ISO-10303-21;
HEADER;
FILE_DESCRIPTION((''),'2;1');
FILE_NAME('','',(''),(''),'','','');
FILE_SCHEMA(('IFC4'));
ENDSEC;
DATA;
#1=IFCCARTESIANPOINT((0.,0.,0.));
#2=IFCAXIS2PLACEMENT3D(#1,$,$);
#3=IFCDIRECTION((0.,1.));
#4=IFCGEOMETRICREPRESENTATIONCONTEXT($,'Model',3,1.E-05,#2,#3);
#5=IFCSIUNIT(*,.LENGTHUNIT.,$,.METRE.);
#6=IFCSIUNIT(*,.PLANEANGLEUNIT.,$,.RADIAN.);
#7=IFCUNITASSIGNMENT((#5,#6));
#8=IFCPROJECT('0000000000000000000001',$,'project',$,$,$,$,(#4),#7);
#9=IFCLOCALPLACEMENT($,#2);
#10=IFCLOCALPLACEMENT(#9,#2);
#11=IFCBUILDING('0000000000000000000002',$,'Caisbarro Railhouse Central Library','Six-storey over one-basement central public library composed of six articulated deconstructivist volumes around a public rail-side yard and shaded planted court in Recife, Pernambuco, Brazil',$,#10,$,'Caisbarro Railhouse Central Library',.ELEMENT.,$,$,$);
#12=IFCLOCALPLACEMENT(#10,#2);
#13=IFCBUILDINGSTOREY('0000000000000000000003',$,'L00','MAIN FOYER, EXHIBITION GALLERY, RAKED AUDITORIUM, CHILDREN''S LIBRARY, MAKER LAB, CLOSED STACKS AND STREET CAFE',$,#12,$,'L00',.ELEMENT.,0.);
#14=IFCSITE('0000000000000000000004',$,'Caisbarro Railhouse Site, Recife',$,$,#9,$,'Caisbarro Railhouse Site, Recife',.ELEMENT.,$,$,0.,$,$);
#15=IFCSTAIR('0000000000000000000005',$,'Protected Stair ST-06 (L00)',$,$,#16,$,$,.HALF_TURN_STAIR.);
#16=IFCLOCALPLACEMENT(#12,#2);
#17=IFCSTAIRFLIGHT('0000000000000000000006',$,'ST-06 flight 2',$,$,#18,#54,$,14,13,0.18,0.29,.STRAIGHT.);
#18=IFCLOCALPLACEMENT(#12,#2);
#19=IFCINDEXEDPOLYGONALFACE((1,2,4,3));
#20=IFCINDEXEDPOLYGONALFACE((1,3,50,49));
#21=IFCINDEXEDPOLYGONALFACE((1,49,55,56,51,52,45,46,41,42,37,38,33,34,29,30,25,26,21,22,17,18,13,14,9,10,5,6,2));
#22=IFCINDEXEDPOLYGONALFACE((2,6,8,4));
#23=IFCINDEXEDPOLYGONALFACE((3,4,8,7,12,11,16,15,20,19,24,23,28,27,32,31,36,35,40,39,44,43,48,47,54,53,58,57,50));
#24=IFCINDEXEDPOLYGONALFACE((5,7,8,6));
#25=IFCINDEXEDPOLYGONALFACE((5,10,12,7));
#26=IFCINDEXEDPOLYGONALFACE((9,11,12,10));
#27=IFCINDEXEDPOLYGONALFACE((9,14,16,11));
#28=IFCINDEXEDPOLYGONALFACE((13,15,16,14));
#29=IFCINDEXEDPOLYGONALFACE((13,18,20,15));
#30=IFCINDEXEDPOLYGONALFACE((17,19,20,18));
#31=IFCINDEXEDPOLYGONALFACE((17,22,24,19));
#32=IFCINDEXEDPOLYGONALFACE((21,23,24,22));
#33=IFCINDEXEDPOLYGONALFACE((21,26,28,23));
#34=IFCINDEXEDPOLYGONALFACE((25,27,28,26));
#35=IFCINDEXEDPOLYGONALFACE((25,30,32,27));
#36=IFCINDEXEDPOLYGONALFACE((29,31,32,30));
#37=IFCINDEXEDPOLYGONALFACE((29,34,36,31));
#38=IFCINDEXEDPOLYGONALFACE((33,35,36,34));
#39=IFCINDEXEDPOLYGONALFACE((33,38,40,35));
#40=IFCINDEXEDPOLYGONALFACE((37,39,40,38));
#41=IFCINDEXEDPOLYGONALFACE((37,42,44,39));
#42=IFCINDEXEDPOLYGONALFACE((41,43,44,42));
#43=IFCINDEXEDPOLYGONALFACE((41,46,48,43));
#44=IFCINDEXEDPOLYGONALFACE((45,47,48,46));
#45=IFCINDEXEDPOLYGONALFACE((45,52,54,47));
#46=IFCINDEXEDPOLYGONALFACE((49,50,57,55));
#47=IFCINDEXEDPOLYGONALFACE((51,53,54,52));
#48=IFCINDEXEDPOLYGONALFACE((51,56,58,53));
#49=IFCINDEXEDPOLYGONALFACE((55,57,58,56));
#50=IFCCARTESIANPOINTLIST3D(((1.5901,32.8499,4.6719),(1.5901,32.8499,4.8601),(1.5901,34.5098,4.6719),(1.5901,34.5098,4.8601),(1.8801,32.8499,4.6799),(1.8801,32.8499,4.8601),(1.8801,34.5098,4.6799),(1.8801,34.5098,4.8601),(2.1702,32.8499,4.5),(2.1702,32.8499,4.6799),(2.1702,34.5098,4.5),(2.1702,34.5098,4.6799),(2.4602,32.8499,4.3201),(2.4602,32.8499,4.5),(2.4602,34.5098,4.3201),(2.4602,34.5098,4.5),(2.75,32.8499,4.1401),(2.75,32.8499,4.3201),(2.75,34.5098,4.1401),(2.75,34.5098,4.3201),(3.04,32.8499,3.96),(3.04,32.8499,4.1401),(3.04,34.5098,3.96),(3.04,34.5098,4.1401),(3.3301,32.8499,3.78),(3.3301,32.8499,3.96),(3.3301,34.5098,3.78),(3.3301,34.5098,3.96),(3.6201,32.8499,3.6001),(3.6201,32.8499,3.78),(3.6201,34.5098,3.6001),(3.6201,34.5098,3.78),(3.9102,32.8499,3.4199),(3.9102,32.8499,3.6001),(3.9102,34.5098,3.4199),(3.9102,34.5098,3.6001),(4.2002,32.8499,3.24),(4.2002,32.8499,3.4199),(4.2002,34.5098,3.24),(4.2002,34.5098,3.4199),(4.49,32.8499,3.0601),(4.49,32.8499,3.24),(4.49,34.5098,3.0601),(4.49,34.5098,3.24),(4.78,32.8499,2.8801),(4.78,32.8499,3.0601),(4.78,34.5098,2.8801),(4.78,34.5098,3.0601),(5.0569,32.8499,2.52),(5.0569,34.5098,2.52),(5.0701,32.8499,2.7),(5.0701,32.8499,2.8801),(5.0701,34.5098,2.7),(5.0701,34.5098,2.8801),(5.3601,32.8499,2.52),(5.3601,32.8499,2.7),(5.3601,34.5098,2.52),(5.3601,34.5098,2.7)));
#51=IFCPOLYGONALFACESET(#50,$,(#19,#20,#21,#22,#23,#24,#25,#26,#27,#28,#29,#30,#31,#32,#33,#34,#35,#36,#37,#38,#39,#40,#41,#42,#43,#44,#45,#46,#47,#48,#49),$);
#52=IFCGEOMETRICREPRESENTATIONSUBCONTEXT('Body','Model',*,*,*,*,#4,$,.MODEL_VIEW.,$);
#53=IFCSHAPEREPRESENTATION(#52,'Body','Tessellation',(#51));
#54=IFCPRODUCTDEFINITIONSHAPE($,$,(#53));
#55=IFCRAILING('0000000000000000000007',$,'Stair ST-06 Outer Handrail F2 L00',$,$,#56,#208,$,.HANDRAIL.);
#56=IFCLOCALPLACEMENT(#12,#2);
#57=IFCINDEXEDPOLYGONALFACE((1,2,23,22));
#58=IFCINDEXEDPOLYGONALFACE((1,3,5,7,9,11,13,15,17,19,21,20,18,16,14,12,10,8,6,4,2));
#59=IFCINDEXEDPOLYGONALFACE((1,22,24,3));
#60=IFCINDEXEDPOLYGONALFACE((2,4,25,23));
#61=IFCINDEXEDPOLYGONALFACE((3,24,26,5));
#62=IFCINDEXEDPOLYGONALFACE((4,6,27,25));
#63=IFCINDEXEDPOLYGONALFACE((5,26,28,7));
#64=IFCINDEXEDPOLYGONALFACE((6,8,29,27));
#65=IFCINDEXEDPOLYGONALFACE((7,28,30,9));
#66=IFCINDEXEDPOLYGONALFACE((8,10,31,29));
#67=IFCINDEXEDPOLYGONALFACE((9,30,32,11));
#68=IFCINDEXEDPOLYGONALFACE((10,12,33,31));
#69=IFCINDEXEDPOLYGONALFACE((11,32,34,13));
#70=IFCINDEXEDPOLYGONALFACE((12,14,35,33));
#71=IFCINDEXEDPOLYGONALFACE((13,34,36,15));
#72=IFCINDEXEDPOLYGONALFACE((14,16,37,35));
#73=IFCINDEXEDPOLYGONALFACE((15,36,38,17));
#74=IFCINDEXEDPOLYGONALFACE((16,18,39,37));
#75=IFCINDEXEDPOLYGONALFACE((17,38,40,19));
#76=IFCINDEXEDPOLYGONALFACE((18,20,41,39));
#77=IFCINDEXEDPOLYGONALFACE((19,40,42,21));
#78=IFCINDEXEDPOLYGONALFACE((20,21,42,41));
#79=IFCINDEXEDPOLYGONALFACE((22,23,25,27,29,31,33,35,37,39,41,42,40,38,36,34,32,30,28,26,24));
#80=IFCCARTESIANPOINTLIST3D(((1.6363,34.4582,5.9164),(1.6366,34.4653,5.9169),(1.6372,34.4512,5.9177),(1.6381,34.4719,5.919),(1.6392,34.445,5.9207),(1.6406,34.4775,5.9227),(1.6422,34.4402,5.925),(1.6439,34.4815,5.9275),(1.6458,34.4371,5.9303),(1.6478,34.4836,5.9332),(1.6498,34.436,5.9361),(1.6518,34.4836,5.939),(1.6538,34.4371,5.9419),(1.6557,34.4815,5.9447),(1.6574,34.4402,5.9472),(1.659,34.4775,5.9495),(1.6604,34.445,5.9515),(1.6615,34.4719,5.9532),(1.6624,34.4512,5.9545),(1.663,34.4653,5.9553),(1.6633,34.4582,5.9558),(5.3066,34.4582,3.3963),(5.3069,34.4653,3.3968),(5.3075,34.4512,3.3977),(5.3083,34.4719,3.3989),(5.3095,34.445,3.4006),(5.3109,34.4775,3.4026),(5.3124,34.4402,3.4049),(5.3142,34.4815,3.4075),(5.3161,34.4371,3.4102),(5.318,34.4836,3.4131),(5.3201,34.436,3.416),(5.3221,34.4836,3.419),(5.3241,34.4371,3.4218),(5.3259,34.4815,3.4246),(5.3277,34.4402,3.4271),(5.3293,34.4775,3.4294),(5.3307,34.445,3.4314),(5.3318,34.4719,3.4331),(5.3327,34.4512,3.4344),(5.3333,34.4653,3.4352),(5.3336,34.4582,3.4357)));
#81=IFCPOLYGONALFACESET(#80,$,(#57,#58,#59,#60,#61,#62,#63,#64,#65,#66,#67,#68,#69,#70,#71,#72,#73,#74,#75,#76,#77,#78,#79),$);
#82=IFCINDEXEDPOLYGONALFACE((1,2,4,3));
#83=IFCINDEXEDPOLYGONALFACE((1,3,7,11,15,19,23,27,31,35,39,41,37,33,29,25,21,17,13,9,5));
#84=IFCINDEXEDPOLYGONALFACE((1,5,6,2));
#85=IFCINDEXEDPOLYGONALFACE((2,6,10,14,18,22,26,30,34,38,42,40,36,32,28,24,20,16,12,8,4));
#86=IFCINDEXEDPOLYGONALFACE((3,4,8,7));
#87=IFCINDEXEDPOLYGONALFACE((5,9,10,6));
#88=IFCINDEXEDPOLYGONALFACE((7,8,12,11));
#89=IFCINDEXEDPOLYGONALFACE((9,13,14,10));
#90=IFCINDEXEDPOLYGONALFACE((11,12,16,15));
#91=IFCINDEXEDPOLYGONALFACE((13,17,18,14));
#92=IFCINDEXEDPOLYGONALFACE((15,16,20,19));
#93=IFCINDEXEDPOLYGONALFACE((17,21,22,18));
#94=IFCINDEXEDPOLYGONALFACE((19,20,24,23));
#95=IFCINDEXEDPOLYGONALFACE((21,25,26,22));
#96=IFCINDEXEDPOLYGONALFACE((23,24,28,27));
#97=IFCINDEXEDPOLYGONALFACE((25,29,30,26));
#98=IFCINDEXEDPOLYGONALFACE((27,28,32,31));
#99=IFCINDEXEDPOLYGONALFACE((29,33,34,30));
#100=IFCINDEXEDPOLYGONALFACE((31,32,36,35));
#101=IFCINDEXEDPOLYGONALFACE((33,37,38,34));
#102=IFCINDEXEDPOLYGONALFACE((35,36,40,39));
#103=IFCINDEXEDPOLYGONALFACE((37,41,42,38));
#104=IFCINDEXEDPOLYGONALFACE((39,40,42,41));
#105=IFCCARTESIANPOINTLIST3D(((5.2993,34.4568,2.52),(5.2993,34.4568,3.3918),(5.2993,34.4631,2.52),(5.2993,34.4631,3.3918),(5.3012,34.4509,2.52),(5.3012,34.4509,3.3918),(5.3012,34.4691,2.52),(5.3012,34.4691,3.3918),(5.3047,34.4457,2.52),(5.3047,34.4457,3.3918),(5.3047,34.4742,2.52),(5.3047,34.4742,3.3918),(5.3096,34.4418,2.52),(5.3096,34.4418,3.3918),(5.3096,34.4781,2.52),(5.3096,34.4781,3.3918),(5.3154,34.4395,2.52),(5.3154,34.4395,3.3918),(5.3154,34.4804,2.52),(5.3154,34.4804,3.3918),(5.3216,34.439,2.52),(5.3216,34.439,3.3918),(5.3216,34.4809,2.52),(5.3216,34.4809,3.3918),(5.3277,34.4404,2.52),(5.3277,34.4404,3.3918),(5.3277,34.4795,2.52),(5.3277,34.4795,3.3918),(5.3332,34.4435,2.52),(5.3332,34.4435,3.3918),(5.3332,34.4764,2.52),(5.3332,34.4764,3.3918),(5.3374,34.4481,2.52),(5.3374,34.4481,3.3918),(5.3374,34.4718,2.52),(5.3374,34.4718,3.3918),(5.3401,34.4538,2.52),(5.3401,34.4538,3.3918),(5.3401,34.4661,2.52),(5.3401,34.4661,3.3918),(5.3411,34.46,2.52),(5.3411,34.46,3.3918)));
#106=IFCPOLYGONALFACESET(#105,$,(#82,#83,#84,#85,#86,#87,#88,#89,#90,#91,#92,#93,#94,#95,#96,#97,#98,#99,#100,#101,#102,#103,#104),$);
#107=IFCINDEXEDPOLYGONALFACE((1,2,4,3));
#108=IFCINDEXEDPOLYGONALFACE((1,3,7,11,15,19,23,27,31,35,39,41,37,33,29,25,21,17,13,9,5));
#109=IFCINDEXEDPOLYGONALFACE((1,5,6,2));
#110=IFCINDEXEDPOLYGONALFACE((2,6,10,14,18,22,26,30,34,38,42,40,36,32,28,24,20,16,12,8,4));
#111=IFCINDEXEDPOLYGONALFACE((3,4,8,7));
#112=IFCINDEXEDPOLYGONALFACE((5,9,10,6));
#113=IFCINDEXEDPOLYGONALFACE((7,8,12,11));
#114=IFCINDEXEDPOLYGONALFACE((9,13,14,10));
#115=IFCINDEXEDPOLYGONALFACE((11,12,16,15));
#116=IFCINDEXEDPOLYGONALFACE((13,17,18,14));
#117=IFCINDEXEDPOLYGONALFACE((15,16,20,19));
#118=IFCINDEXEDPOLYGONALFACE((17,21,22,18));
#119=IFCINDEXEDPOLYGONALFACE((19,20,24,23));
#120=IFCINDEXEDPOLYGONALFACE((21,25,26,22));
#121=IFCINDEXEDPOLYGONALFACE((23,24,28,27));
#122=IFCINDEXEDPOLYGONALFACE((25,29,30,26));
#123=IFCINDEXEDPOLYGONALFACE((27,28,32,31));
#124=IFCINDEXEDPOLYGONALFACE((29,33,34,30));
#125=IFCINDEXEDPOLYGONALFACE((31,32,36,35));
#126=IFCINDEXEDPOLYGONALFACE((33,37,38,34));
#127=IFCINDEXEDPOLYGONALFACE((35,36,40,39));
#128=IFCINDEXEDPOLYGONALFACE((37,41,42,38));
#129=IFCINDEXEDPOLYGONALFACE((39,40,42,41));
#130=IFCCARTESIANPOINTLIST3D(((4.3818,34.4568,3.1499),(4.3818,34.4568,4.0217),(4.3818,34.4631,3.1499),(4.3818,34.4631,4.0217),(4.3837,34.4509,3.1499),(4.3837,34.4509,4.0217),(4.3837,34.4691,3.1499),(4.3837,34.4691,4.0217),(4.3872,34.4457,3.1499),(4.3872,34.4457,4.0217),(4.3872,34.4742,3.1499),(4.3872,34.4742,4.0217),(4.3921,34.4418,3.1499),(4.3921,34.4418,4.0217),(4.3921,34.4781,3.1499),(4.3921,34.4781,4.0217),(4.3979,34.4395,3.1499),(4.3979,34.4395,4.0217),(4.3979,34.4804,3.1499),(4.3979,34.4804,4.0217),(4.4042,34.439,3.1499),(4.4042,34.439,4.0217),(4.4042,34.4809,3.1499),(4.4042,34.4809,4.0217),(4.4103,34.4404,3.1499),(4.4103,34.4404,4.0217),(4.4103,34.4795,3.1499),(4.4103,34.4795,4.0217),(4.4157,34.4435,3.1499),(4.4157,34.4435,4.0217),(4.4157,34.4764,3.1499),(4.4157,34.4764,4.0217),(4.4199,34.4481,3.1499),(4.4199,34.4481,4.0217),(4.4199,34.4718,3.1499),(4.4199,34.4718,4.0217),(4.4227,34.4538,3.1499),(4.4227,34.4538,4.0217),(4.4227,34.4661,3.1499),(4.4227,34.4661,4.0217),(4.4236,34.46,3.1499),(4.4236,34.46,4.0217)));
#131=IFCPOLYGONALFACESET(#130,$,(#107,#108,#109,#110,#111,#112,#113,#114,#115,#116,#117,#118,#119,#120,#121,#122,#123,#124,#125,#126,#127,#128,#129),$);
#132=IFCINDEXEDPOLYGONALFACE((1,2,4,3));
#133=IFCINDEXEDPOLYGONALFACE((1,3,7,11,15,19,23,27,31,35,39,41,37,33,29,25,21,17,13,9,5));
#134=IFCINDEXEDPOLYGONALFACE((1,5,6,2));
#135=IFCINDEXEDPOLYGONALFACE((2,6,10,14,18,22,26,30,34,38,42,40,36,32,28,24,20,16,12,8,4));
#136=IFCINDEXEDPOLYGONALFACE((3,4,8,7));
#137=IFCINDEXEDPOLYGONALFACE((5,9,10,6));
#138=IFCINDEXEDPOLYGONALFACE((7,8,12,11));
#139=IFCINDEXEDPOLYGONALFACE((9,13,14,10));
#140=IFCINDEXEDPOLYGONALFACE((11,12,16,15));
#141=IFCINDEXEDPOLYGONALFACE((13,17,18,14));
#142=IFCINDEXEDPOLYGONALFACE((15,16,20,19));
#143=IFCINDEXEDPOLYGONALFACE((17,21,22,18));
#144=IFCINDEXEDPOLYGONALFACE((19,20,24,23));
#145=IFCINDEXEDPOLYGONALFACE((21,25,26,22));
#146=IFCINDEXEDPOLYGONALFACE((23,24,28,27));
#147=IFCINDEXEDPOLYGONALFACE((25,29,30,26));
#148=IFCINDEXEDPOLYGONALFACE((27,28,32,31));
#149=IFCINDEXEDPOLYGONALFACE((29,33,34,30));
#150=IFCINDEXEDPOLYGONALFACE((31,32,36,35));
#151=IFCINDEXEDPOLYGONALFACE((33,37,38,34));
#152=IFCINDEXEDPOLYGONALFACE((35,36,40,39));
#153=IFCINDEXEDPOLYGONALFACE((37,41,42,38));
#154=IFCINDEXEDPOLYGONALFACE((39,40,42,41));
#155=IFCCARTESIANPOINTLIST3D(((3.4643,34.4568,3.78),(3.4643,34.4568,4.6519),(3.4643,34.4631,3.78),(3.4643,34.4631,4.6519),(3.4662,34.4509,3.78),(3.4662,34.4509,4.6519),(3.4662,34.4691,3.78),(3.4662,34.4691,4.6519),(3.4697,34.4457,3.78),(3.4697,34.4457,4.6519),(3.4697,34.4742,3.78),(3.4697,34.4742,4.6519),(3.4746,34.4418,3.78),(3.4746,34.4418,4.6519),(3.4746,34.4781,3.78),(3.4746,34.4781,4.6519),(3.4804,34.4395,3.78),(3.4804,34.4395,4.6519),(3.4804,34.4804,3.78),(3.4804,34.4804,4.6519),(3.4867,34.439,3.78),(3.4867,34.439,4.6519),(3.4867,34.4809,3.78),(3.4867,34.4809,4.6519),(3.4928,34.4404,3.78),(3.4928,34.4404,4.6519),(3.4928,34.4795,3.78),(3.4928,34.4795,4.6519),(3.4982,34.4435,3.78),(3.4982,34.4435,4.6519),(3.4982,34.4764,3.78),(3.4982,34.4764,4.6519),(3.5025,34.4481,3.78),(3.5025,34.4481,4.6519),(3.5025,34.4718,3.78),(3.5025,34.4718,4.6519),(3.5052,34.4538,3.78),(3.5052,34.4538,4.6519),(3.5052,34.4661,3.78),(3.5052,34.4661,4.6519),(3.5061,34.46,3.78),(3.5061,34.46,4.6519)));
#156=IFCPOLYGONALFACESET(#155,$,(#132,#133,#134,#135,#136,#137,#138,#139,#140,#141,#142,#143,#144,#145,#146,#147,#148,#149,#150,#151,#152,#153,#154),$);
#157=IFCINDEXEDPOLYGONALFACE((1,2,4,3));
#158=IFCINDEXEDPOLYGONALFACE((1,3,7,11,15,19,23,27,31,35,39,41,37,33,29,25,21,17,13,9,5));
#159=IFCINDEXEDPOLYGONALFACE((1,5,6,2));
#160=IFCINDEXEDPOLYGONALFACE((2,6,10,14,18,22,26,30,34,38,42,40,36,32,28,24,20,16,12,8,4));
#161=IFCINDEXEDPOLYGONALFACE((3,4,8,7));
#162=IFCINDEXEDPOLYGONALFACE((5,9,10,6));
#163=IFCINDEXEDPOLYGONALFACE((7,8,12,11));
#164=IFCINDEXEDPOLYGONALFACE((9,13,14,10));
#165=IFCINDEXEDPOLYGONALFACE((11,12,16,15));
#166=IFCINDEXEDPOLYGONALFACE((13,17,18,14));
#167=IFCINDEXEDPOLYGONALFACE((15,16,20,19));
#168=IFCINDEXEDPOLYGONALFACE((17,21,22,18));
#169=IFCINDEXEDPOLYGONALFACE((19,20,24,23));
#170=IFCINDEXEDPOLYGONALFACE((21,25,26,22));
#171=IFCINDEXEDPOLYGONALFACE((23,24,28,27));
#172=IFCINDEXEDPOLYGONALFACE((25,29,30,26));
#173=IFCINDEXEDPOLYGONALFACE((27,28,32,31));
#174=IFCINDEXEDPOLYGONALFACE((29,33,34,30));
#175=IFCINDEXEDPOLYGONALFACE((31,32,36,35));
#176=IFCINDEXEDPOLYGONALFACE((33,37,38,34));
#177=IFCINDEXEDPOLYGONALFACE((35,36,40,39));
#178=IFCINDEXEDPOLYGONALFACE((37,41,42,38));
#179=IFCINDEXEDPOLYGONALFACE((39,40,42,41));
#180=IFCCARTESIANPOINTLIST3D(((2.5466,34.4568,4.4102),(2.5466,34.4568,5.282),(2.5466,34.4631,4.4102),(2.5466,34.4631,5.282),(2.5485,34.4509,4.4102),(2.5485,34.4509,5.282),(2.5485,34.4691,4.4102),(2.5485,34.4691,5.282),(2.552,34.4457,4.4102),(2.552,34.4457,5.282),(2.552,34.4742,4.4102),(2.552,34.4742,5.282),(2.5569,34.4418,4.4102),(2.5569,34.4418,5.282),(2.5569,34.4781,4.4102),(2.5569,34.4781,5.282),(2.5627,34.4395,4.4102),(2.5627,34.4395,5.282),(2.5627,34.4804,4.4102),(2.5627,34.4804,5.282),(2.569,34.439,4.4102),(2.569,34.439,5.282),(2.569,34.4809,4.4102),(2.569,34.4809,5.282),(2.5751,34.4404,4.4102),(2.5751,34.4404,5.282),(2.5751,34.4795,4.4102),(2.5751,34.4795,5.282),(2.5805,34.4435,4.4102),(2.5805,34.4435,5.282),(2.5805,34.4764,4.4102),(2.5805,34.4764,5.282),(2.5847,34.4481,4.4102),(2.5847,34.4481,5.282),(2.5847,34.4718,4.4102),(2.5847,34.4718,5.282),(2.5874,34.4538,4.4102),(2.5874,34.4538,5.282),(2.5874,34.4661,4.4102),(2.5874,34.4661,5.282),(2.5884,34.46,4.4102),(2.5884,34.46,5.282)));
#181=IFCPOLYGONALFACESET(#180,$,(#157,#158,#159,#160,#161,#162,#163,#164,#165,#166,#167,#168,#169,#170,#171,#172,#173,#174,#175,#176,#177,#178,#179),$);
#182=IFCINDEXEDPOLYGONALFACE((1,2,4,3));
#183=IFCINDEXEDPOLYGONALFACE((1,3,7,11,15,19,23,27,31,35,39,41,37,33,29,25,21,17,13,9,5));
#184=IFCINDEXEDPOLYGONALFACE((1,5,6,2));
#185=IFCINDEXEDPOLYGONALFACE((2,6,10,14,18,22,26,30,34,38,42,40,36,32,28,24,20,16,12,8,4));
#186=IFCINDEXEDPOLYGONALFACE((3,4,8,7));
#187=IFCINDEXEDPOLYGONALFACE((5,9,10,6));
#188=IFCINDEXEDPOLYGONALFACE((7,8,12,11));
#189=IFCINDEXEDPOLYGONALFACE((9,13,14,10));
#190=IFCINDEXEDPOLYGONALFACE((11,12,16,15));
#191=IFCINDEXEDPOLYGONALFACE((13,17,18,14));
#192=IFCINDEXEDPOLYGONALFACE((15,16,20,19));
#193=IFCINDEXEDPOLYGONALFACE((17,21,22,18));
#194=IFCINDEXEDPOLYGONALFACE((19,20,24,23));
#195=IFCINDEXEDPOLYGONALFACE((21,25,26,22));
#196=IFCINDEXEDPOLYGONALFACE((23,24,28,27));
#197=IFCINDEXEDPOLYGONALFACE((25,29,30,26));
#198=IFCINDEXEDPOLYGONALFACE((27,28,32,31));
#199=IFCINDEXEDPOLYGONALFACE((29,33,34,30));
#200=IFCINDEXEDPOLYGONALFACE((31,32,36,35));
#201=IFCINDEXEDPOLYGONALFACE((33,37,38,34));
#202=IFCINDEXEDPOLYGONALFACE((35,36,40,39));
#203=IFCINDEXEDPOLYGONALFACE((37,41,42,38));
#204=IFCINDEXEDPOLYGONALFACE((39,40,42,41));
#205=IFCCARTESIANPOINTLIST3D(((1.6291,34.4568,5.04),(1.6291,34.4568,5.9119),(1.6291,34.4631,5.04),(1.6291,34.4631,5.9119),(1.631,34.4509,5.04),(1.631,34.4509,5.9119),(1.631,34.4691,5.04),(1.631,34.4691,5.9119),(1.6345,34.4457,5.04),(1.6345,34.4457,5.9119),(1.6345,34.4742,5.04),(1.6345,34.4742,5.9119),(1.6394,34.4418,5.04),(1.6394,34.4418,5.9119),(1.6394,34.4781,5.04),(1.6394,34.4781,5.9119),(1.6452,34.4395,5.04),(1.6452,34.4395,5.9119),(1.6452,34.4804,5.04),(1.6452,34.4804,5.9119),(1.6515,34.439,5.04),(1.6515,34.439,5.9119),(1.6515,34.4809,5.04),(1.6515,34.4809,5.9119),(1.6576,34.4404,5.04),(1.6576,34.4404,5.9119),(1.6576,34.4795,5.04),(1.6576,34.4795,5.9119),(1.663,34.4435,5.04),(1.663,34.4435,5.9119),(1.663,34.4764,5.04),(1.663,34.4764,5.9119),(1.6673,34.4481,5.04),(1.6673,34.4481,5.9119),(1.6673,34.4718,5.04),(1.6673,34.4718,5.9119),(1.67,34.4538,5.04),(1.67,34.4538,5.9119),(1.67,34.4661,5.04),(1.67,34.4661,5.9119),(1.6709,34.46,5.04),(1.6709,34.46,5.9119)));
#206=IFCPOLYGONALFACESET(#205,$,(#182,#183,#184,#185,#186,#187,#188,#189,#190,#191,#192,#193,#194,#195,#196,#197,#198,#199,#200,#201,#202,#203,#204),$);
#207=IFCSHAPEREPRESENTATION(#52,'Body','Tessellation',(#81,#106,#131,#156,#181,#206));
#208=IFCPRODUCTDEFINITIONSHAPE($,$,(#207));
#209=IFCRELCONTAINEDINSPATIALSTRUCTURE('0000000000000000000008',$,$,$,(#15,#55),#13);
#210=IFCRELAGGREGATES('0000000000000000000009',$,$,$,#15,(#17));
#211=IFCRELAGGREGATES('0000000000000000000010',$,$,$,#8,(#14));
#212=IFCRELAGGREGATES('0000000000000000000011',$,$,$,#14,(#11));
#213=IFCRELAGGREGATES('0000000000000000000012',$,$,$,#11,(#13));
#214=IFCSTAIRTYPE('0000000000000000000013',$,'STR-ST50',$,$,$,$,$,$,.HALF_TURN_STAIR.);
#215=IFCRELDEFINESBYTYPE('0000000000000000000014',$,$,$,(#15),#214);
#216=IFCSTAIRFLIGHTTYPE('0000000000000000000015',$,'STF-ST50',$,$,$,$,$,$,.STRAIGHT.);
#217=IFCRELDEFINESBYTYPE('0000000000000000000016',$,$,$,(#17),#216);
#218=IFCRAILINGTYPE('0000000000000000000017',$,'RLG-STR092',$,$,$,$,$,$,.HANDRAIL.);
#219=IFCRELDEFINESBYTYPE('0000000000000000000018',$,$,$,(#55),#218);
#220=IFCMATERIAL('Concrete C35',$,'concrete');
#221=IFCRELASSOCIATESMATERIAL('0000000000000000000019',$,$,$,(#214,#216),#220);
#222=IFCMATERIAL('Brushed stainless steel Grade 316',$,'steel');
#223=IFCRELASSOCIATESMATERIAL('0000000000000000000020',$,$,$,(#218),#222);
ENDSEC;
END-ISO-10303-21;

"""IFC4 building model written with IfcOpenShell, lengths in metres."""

from ifc_helpers import new_model, si_unit, direction, frame, origin, origin_2d, place, context, subcontext, project, spatial, polyline, circle, outline, extrude, material, type_object, element, aggregate, save


model = new_model("IFC4")

# Units and contexts
model_context = context("Model", 3, precision=1e-05, world=origin(), true_north=direction((0.0, 1.0)))
body_context = subcontext(model_context, "Body", "Model", "MODEL_VIEW")
ifc_project = project(units=[si_unit("LENGTHUNIT", "METRE"), si_unit("PLANEANGLEUNIT", "RADIAN")], contexts=[model_context])

# Site, building, storey
site_placement = place(None, origin())
site = spatial("IfcSite", under=ifc_project, at=site_placement, Name="Caisbarro Railhouse Site, Recife", LongName="Caisbarro Railhouse Site, Recife", CompositionType="ELEMENT", RefElevation=0.0)
building_placement = place(site_placement, origin())
building = spatial("IfcBuilding", under=site, at=building_placement, Name="Caisbarro Railhouse Central Library", Description="Six-storey over one-basement central public library composed of six articulated deconstructivist volumes around a public rail-side yard and shaded planted court in Recife, Pernambuco, Brazil", LongName="Caisbarro Railhouse Central Library", CompositionType="ELEMENT")
storey_placement = place(building_placement, origin())
storey = spatial("IfcBuildingStorey", under=building, at=storey_placement, Name="L00", Description="MAIN FOYER, EXHIBITION GALLERY, RAKED AUDITORIUM, CHILDREN'S LIBRARY, MAKER LAB, CLOSED STACKS AND STREET CAFE", LongName="L00", CompositionType="ELEMENT", Elevation=0.0)

# Stair, stair flight
ifc_material_1 = material(Name="Concrete C35", Category="concrete")
stair_type = type_object("IfcStairType", Name="STR-ST50", PredefinedType="HALF_TURN_STAIR", material=ifc_material_1)
stair_placement = place(storey_placement, origin())
stair = element("IfcStair", 1, at=stair_placement, inside=storey, type_object=stair_type, Name="Protected Stair ST-06 (L00)", PredefinedType="HALF_TURN_STAIR")
stair_flight_type = type_object("IfcStairFlightType", Name="STF-ST50", PredefinedType="STRAIGHT", material=ifc_material_1)
stair_flight_1_placement = place(storey_placement, frame((5.3601, 33.6799, 2.52), z_axis=(0.0, 0.0, 1.0), x_axis=(-1.0, 0.0, 0.0)))
stair_flight_1 = element("IfcStairFlight", 2, at=stair_flight_1_placement, type_object=stair_flight_type, Name="ST-06 flight 2", NumberOfRisers=14, NumberOfTreads=13, PredefinedType="STRAIGHT", RiserHeight=0.18, TreadLength=0.29, context=body_context, shape_type="SweptSolid", body=[
    extrude(outline(polyline([(0.0, 0.0), (0.0, 0.1799), (0.29, 0.1799), (0.29, 0.3601), (0.5801, 0.3601), (0.5801, 0.54), (0.8701, 0.54), (0.8701, 0.72), (1.1599, 0.72), (1.1599, 0.8999), (1.45, 0.8999), (1.45, 1.0801), (1.74, 1.0801), (1.74, 1.26), (2.03, 1.26), (2.03, 1.4399), (2.3201, 1.4399), (2.3201, 1.6201), (2.6101, 1.6201), (2.6101, 1.8), (2.8999, 1.8), (2.8999, 1.98), (3.1899, 1.98), (3.1899, 2.1599), (3.48, 2.1599), (3.48, 2.3401), (3.77, 2.3401), (3.77, 2.52), (3.77, 2.1519), (0.3032, 0.0), (0.0, 0.0)])), frame((0.0, 0.8301, 0.0), z_axis=(0.0, -1.0, 0.0), x_axis=(1.0, 0.0, 0.0)), (0.0, 0.0, 1.0), 1.6599),
])
aggregate(stair, [stair_flight_1])

# Railing
ifc_material_2 = material(Name="Brushed stainless steel Grade 316", Category="steel")
railing_type_1 = type_object("IfcRailingType", Name="RLG-STR092", PredefinedType="HANDRAIL", material=ifc_material_2)
railing_1_placement = place(storey_placement, frame((5.3201, 34.46, 2.52)))
element("IfcRailing", 3, at=railing_1_placement, inside=storey, type_object=railing_type_1, Name="Stair ST-06 Outer Handrail F2 L00", PredefinedType="HANDRAIL", context=body_context, shape_type="SweptSolid", body=[
    extrude(circle(Radius=0.0239, at=origin_2d()), frame((0.0, 0.0, 0.896), z_axis=(-0.824379, 0.0, 0.566038), x_axis=(0.0, -1.0, 0.0)), (0.0, 0.0, 1.0), 4.4521),
    extrude(circle(Radius=0.021, at=origin_2d()), origin(), (0.0, 0.0, 1.0), 0.8718),
    extrude(circle(Radius=0.021, at=origin_2d()), frame((-0.9175, 0.0, 0.6299)), (0.0, 0.0, 1.0), 0.8718),
    extrude(circle(Radius=0.021, at=origin_2d()), frame((-1.835, 0.0, 1.26)), (0.0, 0.0, 1.0), 0.8718),
    extrude(circle(Radius=0.021, at=origin_2d()), frame((-2.7527, 0.0, 1.8901)), (0.0, 0.0, 1.0), 0.8718),
    extrude(circle(Radius=0.021, at=origin_2d()), frame((-3.6702, 0.0, 2.52)), (0.0, 0.0, 1.0), 0.8718),
])

save(model, "model.ifc")
